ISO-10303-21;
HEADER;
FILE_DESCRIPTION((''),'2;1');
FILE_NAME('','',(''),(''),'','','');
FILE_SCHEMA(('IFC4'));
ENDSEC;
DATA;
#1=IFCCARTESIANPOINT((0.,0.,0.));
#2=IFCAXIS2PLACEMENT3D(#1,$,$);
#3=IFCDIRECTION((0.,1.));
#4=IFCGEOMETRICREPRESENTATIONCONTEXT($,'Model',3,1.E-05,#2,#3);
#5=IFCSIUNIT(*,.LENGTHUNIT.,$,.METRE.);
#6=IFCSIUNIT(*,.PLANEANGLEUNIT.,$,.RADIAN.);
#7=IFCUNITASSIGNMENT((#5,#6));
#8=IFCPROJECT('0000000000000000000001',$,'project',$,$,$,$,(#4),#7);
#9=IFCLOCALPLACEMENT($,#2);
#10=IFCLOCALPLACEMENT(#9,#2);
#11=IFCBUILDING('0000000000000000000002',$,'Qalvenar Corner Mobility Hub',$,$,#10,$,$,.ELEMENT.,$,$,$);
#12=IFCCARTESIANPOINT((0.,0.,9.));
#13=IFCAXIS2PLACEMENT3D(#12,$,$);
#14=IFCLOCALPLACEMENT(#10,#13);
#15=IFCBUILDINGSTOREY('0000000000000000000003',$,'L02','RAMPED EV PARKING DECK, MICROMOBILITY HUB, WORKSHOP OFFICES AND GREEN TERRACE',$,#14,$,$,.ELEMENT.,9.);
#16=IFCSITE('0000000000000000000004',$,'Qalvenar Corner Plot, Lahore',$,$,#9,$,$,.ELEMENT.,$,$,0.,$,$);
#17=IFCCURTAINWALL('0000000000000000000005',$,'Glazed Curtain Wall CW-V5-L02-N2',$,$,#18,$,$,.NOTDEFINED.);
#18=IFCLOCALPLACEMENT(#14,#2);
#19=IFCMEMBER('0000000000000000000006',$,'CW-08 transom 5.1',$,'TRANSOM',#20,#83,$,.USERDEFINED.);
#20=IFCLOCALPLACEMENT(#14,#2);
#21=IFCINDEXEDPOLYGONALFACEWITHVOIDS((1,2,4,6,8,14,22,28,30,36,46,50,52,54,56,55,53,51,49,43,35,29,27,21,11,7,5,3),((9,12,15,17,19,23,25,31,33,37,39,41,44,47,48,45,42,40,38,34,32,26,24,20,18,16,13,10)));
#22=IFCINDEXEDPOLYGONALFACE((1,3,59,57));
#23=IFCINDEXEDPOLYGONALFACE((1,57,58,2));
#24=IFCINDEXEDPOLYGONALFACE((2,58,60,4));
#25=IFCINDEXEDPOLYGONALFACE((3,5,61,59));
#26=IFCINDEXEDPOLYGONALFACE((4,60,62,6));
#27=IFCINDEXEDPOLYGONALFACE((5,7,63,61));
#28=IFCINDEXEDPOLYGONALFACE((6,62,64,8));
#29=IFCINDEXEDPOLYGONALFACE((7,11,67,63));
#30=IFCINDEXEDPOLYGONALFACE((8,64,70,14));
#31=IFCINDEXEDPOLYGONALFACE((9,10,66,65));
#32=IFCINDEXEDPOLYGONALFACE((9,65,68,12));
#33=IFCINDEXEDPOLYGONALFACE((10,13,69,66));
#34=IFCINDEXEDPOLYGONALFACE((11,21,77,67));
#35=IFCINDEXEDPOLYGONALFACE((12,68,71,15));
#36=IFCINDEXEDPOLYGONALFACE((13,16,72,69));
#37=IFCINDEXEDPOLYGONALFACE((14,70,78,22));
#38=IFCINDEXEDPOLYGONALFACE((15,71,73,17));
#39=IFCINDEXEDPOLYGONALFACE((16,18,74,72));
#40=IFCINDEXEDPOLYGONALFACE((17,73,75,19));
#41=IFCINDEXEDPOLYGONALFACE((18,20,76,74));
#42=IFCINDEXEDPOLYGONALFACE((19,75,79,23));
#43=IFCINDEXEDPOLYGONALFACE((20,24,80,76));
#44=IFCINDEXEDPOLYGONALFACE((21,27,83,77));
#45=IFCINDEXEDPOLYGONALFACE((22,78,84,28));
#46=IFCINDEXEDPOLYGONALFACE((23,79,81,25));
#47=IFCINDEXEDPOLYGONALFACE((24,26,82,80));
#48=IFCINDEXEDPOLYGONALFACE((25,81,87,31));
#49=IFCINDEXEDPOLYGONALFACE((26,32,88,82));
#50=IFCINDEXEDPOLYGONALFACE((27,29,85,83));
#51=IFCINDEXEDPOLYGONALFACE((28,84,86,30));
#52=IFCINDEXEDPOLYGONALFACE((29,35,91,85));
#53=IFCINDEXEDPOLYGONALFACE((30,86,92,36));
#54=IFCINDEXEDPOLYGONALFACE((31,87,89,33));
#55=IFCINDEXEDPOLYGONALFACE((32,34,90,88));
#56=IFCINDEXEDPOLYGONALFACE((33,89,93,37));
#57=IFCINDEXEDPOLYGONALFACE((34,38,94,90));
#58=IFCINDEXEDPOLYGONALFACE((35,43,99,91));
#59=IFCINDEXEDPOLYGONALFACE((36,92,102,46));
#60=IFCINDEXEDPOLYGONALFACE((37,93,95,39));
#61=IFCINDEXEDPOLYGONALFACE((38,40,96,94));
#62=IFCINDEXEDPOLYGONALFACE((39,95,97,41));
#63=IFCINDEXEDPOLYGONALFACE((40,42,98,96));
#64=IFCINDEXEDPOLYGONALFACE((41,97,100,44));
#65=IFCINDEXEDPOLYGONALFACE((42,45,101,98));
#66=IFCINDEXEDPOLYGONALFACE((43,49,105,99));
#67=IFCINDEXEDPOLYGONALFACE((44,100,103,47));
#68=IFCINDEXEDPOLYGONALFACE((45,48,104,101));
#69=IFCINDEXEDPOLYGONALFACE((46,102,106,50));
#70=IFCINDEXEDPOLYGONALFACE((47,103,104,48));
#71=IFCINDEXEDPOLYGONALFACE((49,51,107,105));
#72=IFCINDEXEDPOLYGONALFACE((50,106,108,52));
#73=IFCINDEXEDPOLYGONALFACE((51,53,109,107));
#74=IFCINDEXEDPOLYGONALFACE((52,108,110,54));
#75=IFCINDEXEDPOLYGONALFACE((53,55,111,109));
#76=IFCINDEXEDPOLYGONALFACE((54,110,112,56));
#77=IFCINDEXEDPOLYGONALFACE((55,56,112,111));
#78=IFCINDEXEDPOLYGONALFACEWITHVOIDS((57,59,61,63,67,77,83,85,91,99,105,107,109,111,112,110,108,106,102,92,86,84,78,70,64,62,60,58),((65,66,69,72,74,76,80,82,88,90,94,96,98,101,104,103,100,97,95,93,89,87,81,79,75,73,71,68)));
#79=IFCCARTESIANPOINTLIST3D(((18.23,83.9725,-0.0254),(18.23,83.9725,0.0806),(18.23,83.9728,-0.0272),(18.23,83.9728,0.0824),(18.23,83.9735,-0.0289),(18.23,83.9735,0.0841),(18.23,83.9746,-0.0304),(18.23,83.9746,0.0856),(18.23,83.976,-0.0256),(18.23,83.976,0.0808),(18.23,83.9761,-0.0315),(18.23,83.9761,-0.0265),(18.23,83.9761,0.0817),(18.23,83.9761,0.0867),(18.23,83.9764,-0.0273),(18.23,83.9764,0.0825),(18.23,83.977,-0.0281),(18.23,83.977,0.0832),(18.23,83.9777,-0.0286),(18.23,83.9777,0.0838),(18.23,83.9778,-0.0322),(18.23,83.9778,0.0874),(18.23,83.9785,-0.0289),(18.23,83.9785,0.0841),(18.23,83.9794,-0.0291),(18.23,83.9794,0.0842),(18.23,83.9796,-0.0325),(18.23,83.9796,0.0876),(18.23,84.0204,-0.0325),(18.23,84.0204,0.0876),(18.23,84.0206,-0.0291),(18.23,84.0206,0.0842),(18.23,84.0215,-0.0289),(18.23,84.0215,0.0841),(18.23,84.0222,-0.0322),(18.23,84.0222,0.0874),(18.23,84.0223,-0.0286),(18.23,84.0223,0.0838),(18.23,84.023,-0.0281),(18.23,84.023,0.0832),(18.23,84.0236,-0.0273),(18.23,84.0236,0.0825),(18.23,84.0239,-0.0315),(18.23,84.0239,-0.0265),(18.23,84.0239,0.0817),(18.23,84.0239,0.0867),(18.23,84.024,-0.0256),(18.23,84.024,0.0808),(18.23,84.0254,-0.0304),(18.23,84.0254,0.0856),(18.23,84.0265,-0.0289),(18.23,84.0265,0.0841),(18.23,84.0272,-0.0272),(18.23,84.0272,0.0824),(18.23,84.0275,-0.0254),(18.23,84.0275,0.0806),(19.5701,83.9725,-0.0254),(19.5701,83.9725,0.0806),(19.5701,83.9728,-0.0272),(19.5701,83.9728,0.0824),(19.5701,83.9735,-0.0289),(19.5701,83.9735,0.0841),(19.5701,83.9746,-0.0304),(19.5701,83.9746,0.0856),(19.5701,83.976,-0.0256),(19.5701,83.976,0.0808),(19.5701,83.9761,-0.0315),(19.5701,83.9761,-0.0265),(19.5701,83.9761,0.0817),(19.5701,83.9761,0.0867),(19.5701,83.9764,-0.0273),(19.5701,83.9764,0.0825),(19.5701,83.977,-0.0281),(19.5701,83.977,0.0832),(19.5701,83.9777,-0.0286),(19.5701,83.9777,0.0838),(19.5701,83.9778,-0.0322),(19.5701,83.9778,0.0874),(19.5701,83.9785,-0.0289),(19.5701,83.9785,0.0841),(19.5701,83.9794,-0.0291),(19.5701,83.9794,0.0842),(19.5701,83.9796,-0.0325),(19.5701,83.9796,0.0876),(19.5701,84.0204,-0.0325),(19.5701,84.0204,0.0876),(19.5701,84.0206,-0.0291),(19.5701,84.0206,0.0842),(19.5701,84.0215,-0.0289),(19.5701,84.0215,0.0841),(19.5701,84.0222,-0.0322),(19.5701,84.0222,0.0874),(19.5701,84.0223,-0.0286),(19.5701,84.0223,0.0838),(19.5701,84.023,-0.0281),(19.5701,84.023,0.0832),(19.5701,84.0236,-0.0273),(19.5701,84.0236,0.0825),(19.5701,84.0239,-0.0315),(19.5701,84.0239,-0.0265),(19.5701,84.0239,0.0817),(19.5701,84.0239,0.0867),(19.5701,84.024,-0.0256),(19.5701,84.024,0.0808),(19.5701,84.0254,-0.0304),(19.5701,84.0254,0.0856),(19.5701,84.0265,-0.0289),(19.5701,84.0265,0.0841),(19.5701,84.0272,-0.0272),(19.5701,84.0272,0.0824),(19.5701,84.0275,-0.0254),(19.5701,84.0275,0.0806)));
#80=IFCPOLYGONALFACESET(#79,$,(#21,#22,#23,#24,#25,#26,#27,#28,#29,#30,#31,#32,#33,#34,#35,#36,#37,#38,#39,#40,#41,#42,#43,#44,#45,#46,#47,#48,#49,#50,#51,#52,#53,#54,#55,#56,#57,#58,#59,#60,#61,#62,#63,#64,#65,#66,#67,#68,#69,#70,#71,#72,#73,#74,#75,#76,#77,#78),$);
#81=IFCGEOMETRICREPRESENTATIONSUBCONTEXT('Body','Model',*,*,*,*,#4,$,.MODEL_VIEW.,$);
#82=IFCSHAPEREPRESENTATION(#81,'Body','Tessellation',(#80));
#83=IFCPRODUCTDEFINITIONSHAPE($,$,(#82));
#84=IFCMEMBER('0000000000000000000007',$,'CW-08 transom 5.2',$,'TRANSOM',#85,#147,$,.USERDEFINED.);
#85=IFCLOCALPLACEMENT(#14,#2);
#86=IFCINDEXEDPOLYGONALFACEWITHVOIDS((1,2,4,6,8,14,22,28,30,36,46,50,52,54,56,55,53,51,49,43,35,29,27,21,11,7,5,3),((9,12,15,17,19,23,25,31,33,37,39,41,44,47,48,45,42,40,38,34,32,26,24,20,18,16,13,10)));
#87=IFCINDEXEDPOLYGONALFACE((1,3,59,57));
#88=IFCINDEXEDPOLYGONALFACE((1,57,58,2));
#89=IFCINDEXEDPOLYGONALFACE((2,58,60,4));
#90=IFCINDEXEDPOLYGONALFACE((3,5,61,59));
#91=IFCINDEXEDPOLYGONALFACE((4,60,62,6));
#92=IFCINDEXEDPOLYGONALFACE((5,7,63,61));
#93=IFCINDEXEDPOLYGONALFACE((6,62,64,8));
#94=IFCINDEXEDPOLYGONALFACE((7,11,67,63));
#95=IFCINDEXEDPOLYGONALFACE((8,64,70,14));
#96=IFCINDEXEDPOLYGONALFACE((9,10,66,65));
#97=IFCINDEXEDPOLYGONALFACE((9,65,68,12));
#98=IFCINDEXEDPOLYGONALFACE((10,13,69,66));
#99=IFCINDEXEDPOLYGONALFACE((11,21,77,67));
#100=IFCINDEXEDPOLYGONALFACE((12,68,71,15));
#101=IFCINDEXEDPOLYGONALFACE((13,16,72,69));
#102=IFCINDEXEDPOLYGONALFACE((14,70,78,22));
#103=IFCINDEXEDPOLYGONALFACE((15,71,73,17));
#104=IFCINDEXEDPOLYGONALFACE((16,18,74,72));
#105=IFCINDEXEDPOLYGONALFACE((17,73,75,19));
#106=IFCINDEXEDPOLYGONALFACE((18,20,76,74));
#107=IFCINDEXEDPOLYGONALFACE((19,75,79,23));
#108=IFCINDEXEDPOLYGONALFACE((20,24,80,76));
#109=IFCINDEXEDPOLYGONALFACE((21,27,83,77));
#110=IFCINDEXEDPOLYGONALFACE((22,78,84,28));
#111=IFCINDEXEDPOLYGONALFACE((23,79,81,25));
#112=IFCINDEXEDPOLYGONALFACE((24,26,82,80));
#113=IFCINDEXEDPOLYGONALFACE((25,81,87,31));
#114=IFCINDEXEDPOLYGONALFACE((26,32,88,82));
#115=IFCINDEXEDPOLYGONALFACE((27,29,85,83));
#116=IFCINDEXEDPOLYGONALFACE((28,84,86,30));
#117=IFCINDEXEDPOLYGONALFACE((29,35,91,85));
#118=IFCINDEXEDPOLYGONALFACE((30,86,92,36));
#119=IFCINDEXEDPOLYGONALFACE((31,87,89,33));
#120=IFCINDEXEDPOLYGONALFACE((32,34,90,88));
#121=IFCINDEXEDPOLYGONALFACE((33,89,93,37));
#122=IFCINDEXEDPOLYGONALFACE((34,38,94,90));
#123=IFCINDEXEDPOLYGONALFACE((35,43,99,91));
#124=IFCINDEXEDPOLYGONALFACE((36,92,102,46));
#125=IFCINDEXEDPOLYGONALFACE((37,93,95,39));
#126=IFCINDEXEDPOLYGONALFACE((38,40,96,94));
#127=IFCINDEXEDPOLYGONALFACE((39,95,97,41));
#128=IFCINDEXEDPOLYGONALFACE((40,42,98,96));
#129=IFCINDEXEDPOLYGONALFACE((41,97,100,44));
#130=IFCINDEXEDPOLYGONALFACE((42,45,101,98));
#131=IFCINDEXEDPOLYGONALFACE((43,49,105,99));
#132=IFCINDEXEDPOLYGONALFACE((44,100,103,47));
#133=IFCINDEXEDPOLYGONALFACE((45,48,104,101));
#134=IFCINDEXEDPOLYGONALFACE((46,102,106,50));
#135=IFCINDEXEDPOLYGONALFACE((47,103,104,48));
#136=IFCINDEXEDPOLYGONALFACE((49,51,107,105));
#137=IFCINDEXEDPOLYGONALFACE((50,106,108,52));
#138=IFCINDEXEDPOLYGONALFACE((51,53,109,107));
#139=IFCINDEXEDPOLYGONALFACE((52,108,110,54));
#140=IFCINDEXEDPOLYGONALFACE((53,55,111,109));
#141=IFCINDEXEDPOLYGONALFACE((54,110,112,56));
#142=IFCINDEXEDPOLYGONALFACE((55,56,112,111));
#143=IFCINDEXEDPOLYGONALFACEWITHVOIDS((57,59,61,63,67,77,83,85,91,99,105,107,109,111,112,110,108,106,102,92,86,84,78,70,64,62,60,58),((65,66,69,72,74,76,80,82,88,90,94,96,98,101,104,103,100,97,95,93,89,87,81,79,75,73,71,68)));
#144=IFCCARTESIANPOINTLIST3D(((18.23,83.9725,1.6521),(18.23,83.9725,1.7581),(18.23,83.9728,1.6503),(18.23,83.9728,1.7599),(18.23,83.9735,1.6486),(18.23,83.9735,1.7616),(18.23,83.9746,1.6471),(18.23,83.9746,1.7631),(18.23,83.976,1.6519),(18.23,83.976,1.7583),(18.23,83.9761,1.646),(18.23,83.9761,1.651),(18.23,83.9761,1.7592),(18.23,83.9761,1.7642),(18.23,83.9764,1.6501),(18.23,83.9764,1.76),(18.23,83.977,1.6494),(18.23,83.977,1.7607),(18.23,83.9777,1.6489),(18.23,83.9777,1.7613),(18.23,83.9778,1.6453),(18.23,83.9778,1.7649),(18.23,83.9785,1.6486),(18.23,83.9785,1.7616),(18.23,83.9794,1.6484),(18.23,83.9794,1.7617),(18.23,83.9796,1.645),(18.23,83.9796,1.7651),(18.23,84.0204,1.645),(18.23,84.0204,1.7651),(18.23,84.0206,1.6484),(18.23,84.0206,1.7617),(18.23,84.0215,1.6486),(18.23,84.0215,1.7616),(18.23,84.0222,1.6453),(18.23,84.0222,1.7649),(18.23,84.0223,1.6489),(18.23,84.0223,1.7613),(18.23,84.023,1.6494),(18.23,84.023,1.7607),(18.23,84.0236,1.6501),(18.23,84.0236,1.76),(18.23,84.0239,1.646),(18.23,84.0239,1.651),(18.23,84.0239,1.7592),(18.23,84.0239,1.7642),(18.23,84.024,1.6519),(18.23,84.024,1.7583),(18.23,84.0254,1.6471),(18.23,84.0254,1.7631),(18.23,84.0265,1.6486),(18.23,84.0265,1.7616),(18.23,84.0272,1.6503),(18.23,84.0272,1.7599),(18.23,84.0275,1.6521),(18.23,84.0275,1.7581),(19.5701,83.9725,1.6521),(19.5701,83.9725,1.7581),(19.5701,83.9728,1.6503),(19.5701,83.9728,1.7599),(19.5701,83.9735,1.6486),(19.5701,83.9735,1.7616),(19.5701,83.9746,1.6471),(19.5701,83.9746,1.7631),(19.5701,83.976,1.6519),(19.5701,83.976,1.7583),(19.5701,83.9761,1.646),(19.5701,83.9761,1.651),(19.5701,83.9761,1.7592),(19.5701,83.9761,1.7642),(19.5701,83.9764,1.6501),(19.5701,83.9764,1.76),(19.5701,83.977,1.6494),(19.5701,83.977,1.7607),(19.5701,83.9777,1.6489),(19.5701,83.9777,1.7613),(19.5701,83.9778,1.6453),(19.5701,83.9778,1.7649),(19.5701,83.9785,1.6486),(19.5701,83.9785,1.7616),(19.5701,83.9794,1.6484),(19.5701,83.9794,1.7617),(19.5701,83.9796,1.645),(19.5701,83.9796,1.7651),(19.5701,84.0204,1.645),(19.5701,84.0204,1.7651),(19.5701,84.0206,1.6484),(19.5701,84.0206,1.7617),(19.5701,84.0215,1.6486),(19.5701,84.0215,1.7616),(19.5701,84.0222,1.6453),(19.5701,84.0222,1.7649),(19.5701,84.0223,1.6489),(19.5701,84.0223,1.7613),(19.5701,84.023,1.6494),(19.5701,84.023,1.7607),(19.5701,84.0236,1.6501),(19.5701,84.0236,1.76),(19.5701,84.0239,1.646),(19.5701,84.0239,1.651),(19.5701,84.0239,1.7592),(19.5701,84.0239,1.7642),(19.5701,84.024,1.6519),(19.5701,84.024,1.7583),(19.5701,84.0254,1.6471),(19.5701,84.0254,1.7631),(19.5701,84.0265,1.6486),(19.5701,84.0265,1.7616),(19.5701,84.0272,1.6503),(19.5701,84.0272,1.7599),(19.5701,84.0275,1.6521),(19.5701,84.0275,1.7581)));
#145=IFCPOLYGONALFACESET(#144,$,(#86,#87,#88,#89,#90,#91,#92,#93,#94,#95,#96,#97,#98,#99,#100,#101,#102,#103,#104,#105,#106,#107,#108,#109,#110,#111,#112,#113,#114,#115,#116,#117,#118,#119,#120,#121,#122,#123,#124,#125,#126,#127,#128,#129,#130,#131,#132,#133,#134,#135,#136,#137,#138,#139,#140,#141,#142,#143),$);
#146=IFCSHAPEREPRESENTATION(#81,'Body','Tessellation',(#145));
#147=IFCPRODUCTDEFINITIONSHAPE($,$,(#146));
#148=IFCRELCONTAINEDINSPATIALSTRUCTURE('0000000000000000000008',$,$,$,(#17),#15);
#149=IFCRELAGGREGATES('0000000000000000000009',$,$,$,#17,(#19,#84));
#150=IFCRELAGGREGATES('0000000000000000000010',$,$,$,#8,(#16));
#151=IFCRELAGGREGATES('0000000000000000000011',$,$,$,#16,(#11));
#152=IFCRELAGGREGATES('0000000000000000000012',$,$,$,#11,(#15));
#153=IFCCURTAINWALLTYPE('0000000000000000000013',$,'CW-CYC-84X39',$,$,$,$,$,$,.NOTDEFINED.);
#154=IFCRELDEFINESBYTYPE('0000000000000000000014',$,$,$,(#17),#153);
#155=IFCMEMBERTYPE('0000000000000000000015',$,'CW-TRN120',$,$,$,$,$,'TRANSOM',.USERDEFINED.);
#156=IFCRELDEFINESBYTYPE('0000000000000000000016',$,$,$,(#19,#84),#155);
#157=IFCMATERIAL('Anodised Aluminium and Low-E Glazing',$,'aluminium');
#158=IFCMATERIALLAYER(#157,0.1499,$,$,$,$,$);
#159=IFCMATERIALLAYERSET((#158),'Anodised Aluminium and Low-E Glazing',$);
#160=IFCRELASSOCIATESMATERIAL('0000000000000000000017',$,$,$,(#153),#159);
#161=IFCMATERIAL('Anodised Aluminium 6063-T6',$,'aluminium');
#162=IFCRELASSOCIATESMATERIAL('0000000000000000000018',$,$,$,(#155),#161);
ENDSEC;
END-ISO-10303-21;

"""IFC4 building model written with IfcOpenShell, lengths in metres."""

from ifc_helpers import new_model, si_unit, direction, frame, origin, origin_2d, place, context, subcontext, project, spatial, hollow_rectangle, extrude, material, layer, layer_set, material_profile, profile_set, type_object, element, aggregate, save


model = new_model("IFC4")

# Units and contexts
model_context = context("Model", 3, precision=1e-05, world=origin(), true_north=direction((0.0, 1.0)))
body_context = subcontext(model_context, "Body", "Model", "MODEL_VIEW")
ifc_project = project(units=[si_unit("LENGTHUNIT", "METRE"), si_unit("PLANEANGLEUNIT", "RADIAN")], contexts=[model_context])

# Site, building, storey
site_placement = place(None, origin())
site = spatial("IfcSite", under=ifc_project, at=site_placement, Name="Qalvenar Corner Plot, Lahore", CompositionType="ELEMENT", RefElevation=0.0)
building_placement = place(site_placement, origin())
building = spatial("IfcBuilding", under=site, at=building_placement, Name="Qalvenar Corner Mobility Hub", CompositionType="ELEMENT")
storey_placement = place(building_placement, frame((0.0, 0.0, 9.0)))
storey = spatial("IfcBuildingStorey", under=building, at=storey_placement, Name="L02", Description="RAMPED EV PARKING DECK, MICROMOBILITY HUB, WORKSHOP OFFICES AND GREEN TERRACE", CompositionType="ELEMENT", Elevation=9.0)

# Shared definitions
ifc_material_1 = material(Name="Anodised Aluminium and Low-E Glazing", Category="aluminium")
ifc_layer_1 = layer(ifc_material_1, 0.1499)
ifc_layer_set_1 = layer_set([ifc_layer_1], Name="Anodised Aluminium and Low-E Glazing")
curtain_wall_type = type_object("IfcCurtainWallType", Name="CW-CYC-84X39", PredefinedType="NOTDEFINED", material=ifc_layer_set_1)
ifc_material_2 = material(Name="Anodised Aluminium 6063-T6", Category="aluminium")

# Curtain wall
curtain_wall_1_placement = place(storey_placement, origin())
curtain_wall_1 = element("IfcCurtainWall", 1, at=curtain_wall_1_placement, inside=storey, type_object=curtain_wall_type, Name="Glazed Curtain Wall CW-V5-L02-N2", PredefinedType="NOTDEFINED")

# Members
ifc_material_profile_1 = material_profile(ifc_material_2, hollow_rectangle(XDim=0.0549, YDim=0.1201, WallThickness=0.0034, InnerFilletRadius=0.0034, OuterFilletRadius=0.0071, at=origin_2d()), Name="RHS120x55x3.5")
ifc_profile_set_1 = profile_set([ifc_material_profile_1], Name="Anodised Aluminium 6063-T6")
member_type_1 = type_object("IfcMemberType", Name="CW-TRN120", ElementType="TRANSOM", PredefinedType="USERDEFINED", material=ifc_profile_set_1)
member_1_placement = place(storey_placement, frame((19.5701, 84.0, 0.0276), z_axis=(-1.0, 0.0, 0.0), x_axis=(0.0, -1.0, 0.0)))
member_1 = element("IfcMember", 2, at=member_1_placement, type_object=member_type_1, Name="CW-08 transom 5.1", ObjectType="TRANSOM", PredefinedType="USERDEFINED", context=body_context, shape_type="SweptSolid", body=[
    extrude(hollow_rectangle(XDim=0.0549, YDim=0.1201, WallThickness=0.0034, InnerFilletRadius=0.0034, OuterFilletRadius=0.0071, at=origin_2d()), origin(), (0.0, 0.0, 1.0), 1.3401),
])
member_2_placement = place(storey_placement, frame((19.5701, 84.0, 1.7051), z_axis=(-1.0, 0.0, 0.0), x_axis=(0.0, -1.0, 0.0)))
member_2 = element("IfcMember", 3, at=member_2_placement, type_object=member_type_1, Name="CW-08 transom 5.2", ObjectType="TRANSOM", PredefinedType="USERDEFINED", context=body_context, shape_type="SweptSolid", body=[
    extrude(hollow_rectangle(XDim=0.0549, YDim=0.1201, WallThickness=0.0034, InnerFilletRadius=0.0034, OuterFilletRadius=0.0071, at=origin_2d()), origin(), (0.0, 0.0, 1.0), 1.3401),
])

aggregate(curtain_wall_1, [member_1, member_2])

save(model, "model.ifc")
